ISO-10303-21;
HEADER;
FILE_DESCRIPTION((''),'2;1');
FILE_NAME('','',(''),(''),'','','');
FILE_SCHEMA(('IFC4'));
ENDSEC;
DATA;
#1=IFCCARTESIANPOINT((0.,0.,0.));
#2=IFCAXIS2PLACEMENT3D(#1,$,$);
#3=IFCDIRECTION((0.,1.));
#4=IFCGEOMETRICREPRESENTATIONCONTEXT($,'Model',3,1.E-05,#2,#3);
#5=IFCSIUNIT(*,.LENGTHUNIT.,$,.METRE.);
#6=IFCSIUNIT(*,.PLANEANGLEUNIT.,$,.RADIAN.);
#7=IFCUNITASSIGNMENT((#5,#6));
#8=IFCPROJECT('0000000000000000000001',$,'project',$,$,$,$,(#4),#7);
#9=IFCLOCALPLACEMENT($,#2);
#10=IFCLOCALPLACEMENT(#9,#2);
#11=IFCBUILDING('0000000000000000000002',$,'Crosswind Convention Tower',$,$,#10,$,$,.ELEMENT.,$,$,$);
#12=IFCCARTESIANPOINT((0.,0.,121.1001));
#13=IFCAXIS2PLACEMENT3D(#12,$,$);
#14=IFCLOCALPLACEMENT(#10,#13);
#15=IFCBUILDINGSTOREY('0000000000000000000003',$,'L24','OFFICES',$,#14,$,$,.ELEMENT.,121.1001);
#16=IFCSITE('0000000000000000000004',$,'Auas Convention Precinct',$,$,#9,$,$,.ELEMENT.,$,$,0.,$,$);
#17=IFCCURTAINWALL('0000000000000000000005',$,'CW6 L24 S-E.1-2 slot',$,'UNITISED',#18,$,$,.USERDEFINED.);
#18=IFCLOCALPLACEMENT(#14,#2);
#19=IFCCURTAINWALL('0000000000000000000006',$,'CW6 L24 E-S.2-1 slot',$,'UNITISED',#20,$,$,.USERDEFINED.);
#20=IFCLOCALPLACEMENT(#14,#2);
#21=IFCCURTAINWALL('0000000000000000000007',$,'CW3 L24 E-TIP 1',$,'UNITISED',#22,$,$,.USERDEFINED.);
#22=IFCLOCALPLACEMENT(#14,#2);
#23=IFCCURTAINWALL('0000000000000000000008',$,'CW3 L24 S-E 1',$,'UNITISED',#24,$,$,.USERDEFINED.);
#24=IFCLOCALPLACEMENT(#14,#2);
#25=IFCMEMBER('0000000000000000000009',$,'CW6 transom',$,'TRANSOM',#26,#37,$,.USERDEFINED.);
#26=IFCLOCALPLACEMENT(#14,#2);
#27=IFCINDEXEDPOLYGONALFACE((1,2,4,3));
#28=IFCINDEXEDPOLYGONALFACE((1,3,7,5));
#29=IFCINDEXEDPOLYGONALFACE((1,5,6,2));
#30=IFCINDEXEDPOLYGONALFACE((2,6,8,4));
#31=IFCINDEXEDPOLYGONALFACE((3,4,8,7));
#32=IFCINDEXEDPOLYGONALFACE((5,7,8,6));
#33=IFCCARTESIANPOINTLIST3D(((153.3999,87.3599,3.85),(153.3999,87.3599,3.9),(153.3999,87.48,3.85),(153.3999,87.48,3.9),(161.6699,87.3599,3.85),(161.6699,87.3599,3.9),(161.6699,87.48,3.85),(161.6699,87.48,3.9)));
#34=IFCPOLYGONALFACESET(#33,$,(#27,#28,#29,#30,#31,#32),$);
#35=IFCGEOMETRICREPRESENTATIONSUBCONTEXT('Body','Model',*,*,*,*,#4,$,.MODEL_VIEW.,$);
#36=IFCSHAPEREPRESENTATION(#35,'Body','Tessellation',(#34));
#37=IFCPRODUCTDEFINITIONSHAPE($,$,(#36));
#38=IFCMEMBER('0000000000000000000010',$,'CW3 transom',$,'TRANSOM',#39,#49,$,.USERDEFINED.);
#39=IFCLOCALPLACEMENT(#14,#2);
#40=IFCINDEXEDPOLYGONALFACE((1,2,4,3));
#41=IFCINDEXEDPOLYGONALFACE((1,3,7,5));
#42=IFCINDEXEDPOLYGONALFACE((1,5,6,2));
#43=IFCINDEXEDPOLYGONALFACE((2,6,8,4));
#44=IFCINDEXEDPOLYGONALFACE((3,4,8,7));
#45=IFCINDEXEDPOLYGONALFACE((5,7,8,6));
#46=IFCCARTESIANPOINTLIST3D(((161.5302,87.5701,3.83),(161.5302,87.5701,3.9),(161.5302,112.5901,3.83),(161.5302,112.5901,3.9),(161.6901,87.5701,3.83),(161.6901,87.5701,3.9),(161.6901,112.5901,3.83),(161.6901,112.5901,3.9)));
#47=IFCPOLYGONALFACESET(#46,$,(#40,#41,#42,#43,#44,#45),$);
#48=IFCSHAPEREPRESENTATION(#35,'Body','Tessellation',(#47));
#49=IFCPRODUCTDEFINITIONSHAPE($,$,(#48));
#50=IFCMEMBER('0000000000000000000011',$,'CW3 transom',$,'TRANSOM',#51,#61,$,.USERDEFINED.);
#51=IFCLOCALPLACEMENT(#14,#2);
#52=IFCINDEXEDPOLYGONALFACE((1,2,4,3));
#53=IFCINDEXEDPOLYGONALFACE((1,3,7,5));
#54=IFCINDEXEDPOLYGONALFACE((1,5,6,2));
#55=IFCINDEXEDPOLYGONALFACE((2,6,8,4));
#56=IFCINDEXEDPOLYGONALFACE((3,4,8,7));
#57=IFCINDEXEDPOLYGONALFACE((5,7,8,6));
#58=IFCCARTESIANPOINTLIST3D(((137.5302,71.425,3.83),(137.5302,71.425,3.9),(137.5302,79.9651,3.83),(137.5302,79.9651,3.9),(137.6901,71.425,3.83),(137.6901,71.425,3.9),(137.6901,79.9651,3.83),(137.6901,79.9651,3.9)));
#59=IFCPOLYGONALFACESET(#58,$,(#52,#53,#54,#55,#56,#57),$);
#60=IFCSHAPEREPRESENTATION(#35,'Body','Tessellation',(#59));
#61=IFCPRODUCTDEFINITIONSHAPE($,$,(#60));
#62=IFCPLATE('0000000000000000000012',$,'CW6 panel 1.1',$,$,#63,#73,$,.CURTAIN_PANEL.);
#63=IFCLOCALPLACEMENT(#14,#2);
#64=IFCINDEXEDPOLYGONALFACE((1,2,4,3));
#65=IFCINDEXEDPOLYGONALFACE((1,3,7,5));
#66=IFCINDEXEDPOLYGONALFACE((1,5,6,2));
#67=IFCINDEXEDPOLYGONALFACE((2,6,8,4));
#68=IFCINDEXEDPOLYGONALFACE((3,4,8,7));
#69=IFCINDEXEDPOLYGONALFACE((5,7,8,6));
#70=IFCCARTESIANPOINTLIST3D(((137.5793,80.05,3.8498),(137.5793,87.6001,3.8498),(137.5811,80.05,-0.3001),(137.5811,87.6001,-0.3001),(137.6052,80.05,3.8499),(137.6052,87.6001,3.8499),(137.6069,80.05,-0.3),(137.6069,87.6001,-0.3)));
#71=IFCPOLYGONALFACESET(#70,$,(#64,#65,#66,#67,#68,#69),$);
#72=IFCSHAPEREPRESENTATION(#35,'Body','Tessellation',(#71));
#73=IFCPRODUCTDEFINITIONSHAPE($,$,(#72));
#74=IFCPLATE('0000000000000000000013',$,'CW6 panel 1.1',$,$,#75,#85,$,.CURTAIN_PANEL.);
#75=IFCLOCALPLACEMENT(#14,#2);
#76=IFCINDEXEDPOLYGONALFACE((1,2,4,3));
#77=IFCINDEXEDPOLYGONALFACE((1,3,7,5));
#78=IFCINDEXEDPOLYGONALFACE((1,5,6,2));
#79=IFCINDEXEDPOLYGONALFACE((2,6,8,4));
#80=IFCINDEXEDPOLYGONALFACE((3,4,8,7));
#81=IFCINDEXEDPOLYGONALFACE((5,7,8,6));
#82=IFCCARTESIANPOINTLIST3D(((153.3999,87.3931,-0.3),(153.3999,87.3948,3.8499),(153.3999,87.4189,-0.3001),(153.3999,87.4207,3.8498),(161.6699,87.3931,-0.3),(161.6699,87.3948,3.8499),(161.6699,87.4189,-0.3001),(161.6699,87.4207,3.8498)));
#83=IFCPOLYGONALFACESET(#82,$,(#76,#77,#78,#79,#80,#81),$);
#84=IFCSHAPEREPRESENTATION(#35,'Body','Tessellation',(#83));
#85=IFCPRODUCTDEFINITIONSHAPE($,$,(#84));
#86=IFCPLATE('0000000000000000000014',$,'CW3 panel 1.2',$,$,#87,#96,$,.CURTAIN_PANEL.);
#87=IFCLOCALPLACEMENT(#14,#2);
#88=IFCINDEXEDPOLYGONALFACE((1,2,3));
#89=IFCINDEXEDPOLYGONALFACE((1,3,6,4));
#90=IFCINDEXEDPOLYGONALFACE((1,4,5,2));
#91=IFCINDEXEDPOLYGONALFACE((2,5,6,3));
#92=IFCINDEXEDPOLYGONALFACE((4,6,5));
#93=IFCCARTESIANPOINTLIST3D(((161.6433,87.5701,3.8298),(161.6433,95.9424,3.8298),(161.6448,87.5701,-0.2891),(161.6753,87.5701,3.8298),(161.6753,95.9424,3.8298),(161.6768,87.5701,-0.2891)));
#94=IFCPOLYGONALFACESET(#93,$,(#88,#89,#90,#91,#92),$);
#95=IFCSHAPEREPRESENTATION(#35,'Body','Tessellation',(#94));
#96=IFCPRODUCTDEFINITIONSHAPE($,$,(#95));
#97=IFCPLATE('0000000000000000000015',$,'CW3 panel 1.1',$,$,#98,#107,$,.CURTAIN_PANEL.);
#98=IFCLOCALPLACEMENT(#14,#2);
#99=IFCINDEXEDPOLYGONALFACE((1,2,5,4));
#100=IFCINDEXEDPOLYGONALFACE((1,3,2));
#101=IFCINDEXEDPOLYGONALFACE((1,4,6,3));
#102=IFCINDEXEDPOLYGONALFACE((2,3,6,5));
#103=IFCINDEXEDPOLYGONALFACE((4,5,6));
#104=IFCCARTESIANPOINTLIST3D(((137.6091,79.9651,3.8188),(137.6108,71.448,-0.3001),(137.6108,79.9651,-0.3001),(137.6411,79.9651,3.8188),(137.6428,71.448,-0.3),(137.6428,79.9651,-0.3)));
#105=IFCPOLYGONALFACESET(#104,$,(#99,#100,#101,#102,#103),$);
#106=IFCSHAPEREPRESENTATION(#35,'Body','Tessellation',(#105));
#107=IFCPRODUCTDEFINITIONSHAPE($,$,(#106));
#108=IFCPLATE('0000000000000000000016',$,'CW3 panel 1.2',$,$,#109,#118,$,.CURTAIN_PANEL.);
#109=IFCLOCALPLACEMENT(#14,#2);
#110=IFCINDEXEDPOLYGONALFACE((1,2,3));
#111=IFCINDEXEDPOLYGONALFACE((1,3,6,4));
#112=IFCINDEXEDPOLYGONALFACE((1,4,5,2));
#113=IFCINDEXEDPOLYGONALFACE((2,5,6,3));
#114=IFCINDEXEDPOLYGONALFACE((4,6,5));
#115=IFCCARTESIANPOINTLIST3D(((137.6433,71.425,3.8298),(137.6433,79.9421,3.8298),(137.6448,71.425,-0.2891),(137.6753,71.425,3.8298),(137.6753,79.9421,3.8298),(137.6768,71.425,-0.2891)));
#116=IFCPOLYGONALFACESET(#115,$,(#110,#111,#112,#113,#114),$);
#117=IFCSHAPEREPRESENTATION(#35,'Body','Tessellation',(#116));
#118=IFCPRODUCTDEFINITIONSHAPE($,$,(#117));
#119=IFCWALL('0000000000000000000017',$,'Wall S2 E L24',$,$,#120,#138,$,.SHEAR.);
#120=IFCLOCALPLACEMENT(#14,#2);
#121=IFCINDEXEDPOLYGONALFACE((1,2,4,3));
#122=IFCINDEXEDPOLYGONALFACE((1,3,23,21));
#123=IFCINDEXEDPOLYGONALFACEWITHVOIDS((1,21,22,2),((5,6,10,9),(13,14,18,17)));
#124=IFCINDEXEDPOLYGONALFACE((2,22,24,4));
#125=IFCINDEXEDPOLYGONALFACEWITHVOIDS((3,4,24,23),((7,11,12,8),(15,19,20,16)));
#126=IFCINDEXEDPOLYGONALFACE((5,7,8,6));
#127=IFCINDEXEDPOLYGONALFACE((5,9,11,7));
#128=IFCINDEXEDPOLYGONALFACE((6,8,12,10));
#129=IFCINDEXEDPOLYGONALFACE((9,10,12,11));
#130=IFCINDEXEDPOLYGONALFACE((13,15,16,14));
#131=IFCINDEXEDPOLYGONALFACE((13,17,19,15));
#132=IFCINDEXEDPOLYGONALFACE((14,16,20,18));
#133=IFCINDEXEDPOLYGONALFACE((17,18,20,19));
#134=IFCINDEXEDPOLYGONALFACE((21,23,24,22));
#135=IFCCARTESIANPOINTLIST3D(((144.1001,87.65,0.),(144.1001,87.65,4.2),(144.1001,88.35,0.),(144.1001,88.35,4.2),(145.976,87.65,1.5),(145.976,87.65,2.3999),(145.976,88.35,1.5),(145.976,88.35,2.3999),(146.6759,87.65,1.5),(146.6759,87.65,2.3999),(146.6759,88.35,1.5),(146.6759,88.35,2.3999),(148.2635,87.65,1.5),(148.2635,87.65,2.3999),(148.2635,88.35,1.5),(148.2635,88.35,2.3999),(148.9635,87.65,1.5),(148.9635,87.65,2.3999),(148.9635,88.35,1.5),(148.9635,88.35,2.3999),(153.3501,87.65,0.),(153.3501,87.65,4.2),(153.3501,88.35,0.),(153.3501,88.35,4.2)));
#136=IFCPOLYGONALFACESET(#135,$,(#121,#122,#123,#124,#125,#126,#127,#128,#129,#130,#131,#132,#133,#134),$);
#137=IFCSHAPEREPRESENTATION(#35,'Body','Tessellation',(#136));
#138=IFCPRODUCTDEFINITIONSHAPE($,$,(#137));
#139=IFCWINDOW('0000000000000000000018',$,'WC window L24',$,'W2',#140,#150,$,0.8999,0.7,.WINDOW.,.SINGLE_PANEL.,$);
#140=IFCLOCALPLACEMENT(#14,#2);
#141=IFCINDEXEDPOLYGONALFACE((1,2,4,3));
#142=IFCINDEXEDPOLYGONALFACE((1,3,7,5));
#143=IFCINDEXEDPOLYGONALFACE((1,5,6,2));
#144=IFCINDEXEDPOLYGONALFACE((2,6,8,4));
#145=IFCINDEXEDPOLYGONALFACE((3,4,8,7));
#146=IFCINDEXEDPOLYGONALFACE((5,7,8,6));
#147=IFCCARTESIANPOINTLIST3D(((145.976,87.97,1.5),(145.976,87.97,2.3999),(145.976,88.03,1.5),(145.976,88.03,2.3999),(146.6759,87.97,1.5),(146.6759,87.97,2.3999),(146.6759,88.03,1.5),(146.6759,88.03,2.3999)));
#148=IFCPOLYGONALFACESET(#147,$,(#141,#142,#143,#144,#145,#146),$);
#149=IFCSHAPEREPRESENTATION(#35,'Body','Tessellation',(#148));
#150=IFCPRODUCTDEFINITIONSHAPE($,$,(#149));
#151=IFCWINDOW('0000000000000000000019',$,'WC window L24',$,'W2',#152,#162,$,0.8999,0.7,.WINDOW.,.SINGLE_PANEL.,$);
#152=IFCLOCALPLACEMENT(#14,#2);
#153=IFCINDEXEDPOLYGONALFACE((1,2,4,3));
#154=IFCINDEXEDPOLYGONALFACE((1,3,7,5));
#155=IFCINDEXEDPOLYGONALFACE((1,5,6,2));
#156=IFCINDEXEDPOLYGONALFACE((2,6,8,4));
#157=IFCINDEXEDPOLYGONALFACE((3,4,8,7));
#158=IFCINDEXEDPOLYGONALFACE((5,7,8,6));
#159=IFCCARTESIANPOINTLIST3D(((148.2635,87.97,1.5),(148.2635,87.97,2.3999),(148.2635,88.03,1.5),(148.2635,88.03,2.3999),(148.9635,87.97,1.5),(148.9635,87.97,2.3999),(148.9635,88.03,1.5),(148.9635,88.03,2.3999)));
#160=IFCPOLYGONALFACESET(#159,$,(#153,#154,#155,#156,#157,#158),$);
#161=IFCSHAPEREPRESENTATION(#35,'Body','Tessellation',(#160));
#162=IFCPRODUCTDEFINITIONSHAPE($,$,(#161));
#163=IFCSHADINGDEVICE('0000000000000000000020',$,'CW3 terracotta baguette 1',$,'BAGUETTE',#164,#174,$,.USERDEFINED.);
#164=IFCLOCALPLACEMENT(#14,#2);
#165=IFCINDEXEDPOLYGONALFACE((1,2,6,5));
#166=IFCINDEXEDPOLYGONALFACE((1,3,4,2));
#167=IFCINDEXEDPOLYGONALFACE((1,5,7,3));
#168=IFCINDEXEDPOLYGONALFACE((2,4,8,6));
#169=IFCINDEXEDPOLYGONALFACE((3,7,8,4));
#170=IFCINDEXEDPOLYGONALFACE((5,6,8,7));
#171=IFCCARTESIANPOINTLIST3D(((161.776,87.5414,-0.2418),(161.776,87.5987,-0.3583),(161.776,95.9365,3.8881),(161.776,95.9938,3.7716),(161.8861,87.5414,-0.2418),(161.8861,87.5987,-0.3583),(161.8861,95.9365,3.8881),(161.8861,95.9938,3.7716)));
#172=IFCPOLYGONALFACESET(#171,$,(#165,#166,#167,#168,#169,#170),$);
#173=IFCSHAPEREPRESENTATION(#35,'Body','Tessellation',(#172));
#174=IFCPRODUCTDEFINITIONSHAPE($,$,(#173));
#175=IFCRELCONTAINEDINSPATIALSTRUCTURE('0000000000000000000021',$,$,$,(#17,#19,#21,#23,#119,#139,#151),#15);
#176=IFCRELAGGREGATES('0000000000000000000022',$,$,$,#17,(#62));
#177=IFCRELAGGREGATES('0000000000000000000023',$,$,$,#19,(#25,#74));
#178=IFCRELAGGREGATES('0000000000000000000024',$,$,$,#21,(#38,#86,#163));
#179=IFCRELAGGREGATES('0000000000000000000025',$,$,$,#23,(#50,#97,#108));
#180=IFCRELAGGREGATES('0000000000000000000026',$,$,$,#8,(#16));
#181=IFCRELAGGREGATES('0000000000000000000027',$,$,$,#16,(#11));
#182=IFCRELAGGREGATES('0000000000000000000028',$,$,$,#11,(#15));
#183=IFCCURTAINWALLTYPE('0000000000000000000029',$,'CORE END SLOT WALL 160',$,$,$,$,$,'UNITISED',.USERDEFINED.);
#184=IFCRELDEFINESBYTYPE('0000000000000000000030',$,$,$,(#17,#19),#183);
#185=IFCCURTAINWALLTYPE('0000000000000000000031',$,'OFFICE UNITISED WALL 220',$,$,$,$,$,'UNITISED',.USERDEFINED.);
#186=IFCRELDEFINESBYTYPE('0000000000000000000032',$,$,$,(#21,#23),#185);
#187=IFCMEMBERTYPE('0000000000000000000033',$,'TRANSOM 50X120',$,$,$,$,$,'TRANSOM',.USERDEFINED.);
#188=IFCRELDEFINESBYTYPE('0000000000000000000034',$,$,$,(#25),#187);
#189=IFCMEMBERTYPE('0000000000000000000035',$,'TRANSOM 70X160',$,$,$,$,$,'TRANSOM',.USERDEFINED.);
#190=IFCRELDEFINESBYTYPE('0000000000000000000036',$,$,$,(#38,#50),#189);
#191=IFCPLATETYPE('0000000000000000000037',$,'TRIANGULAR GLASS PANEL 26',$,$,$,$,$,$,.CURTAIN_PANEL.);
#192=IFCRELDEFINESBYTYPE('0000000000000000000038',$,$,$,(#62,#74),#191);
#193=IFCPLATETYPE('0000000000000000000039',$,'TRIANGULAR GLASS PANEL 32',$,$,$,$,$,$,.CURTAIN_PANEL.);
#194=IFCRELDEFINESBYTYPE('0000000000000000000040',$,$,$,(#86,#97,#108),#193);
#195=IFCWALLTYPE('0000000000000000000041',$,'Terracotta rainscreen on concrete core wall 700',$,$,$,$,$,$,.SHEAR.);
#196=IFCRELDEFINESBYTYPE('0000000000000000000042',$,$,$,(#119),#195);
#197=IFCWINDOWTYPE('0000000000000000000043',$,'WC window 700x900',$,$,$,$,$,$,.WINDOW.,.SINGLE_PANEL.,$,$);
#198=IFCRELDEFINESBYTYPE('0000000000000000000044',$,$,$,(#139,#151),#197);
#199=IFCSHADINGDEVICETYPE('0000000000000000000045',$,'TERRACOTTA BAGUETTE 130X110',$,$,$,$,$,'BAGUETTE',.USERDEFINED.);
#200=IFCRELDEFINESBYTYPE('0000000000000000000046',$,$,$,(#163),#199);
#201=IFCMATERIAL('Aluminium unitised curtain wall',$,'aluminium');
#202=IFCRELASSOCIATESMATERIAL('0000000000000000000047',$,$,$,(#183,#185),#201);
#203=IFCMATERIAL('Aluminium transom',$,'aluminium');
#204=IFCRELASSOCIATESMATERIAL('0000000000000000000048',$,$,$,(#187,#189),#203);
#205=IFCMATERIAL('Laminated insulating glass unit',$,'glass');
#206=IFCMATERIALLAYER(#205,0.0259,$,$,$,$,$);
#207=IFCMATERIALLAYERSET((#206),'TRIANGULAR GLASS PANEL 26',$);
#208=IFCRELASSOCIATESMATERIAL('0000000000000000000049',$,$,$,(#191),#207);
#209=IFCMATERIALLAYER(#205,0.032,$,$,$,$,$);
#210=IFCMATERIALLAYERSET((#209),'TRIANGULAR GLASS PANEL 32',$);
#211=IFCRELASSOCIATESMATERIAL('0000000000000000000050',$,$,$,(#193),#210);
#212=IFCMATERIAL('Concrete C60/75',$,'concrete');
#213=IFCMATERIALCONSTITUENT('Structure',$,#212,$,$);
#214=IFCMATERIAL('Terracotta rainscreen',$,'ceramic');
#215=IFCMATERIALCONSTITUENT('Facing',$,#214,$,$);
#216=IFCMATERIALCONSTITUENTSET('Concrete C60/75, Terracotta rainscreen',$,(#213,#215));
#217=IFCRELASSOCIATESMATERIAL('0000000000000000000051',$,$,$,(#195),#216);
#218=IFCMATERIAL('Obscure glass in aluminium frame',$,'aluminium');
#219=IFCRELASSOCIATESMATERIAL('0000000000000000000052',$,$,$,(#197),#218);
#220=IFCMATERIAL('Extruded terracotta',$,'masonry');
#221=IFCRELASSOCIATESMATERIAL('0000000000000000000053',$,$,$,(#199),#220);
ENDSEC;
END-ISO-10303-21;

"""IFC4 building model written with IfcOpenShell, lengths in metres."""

from ifc_helpers import new_model, si_unit, direction, frame, frame_2d, origin, origin_2d, place, context, subcontext, project, spatial, polyline, rectangle, outline, extrude, material, layer, layer_set, constituent, constituent_set, material_profile, profile_set, type_object, element, fill, aggregate, save


model = new_model("IFC4")

# Units and contexts
model_context = context("Model", 3, precision=1e-05, world=origin(), true_north=direction((0.0, 1.0)))
body_context = subcontext(model_context, "Body", "Model", "MODEL_VIEW")
ifc_project = project(units=[si_unit("LENGTHUNIT", "METRE"), si_unit("PLANEANGLEUNIT", "RADIAN")], contexts=[model_context])

# Site, building, storey
site_placement = place(None, origin())
site = spatial("IfcSite", under=ifc_project, at=site_placement, Name="Auas Convention Precinct", CompositionType="ELEMENT", RefElevation=0.0)
building_placement = place(site_placement, origin())
building = spatial("IfcBuilding", under=site, at=building_placement, Name="Crosswind Convention Tower", CompositionType="ELEMENT")
storey_placement = place(building_placement, frame((0.0, 0.0, 121.1001)))
storey = spatial("IfcBuildingStorey", under=building, at=storey_placement, Name="L24", Description="OFFICES", CompositionType="ELEMENT", Elevation=121.1001)

# Shared definitions
ifc_material_1 = material(Name="Concrete C60/75", Category="concrete")

# Curtain wall
ifc_material_2 = material(Name="Aluminium unitised curtain wall", Category="aluminium")
curtain_wall_type_1 = type_object("IfcCurtainWallType", Name="CORE END SLOT WALL 160", ElementType="UNITISED", PredefinedType="USERDEFINED", material=ifc_material_2)
curtain_wall_1_placement = place(storey_placement, origin())
curtain_wall_1 = element("IfcCurtainWall", 1, at=curtain_wall_1_placement, inside=storey, type_object=curtain_wall_type_1, Name="CW6 L24 S-E.1-2 slot", ObjectType="UNITISED", PredefinedType="USERDEFINED")

# Curtain wall
curtain_wall_2_placement = place(storey_placement, origin())
curtain_wall_2 = element("IfcCurtainWall", 2, at=curtain_wall_2_placement, inside=storey, type_object=curtain_wall_type_1, Name="CW6 L24 E-S.2-1 slot", ObjectType="UNITISED", PredefinedType="USERDEFINED")

# Curtain walls
curtain_wall_type_2 = type_object("IfcCurtainWallType", Name="OFFICE UNITISED WALL 220", ElementType="UNITISED", PredefinedType="USERDEFINED", material=ifc_material_2)
curtain_wall_3_placement = place(storey_placement, origin())
curtain_wall_3 = element("IfcCurtainWall", 3, at=curtain_wall_3_placement, inside=storey, type_object=curtain_wall_type_2, Name="CW3 L24 E-TIP 1", ObjectType="UNITISED", PredefinedType="USERDEFINED")
curtain_wall_4_placement = place(storey_placement, origin())
curtain_wall_4 = element("IfcCurtainWall", 4, at=curtain_wall_4_placement, inside=storey, type_object=curtain_wall_type_2, Name="CW3 L24 S-E 1", ObjectType="UNITISED", PredefinedType="USERDEFINED")

# Members
ifc_material_3 = material(Name="Aluminium transom", Category="aluminium")
ifc_material_profile_1 = material_profile(ifc_material_3, rectangle(XDim=0.1201, YDim=0.05, at=origin_2d()), Name="AL 120X50")
ifc_profile_set_1 = profile_set([ifc_material_profile_1], Name="Aluminium transom")
member_type_1 = type_object("IfcMemberType", Name="TRANSOM 50X120", ElementType="TRANSOM", PredefinedType="USERDEFINED", material=ifc_profile_set_1)
member_1_placement = place(storey_placement, frame((153.3999, 87.4199, 3.875), z_axis=(1.0, 0.0, 0.0), x_axis=(0.0, 1.0, 0.0)))
member_1 = element("IfcMember", 5, at=member_1_placement, type_object=member_type_1, Name="CW6 transom", ObjectType="TRANSOM", PredefinedType="USERDEFINED", context=body_context, shape_type="SweptSolid", body=[
    extrude(rectangle(XDim=0.1201, YDim=0.05, at=origin_2d()), origin(), (0.0, 0.0, 1.0), 8.27),
])
ifc_material_profile_2 = material_profile(ifc_material_3, rectangle(XDim=0.1599, YDim=0.0701, at=origin_2d()), Name="AL 160X70")
ifc_profile_set_2 = profile_set([ifc_material_profile_2], Name="Aluminium transom")
member_type_2 = type_object("IfcMemberType", Name="TRANSOM 70X160", ElementType="TRANSOM", PredefinedType="USERDEFINED", material=ifc_profile_set_2)
member_2_placement = place(storey_placement, frame((161.6101, 87.5701, 3.865), z_axis=(0.0, 1.0, 0.0), x_axis=(-1.0, 0.0, 0.0)))
member_2 = element("IfcMember", 6, at=member_2_placement, type_object=member_type_2, Name="CW3 transom", ObjectType="TRANSOM", PredefinedType="USERDEFINED", context=body_context, shape_type="SweptSolid", body=[
    extrude(rectangle(XDim=0.1599, YDim=0.0701, at=origin_2d()), origin(), (0.0, 0.0, 1.0), 25.02),
])
member_3_placement = place(storey_placement, frame((137.6101, 71.425, 3.865), z_axis=(0.0, 1.0, 0.0), x_axis=(-1.0, 0.0, 0.0)))
member_3 = element("IfcMember", 7, at=member_3_placement, type_object=member_type_2, Name="CW3 transom", ObjectType="TRANSOM", PredefinedType="USERDEFINED", context=body_context, shape_type="SweptSolid", body=[
    extrude(rectangle(XDim=0.1599, YDim=0.0701, at=origin_2d()), origin(), (0.0, 0.0, 1.0), 8.54),
])

# Plates
ifc_material_4 = material(Name="Laminated insulating glass unit", Category="glass")
ifc_layer_1 = layer(ifc_material_4, 0.0259)
ifc_layer_set_1 = layer_set([ifc_layer_1], Name="TRIANGULAR GLASS PANEL 26")
plate_type_1 = type_object("IfcPlateType", Name="TRIANGULAR GLASS PANEL 26", PredefinedType="CURTAIN_PANEL", material=ifc_layer_set_1)
plate_1_placement = place(storey_placement, frame((137.6069, 80.05, -0.3), z_axis=(1.0, 0.0, 0.000412), x_axis=(0.0, 1.0, 0.0)))
plate_1 = element("IfcPlate", 8, at=plate_1_placement, type_object=plate_type_1, Name="CW6 panel 1.1", PredefinedType="CURTAIN_PANEL", context=body_context, shape_type="SweptSolid", body=[
    extrude(outline(polyline([(0.0, 0.0), (7.55, 0.0), (7.55, 4.1499), (0.0, 4.1499), (0.0, 0.0)])), origin(), (0.0, 0.0, -1.0), 0.0259),
])
aggregate(curtain_wall_1, [plate_1])
plate_2_placement = place(storey_placement, frame((153.3999, 87.3931, -0.3), z_axis=(0.0, -1.0, 0.000412), x_axis=(1.0, 0.0, 0.0)))
plate_2 = element("IfcPlate", 9, at=plate_2_placement, type_object=plate_type_1, Name="CW6 panel 1.1", PredefinedType="CURTAIN_PANEL", context=body_context, shape_type="SweptSolid", body=[
    extrude(outline(polyline([(0.0, 0.0), (8.27, 0.0), (8.27, 4.1499), (0.0, 4.1499), (0.0, 0.0)])), origin(), (0.0, 0.0, -1.0), 0.0259),
])
aggregate(curtain_wall_2, [member_1, plate_2])
ifc_layer_2 = layer(ifc_material_4, 0.032)
ifc_layer_set_2 = layer_set([ifc_layer_2], Name="TRIANGULAR GLASS PANEL 32")
plate_type_2 = type_object("IfcPlateType", Name="TRIANGULAR GLASS PANEL 32", PredefinedType="CURTAIN_PANEL", material=ifc_layer_set_2)
plate_3_placement = place(storey_placement, frame((161.6753, 87.5701, 3.8298), z_axis=(1.0, 0.0, 0.000356), x_axis=(0.000356, 0.0, -1.0)))
plate_3 = element("IfcPlate", 10, at=plate_3_placement, type_object=plate_type_2, Name="CW3 panel 1.2", PredefinedType="CURTAIN_PANEL", context=body_context, shape_type="SweptSolid", body=[
    extrude(outline(polyline([(0.0, 0.0), (4.1189, 0.0), (0.0, 8.3723), (0.0, 0.0)])), origin(), (0.0, 0.0, -1.0), 0.032),
])
plate_4_placement = place(storey_placement, frame((137.6428, 79.9651, -0.3), z_axis=(1.0, 0.0, 0.000415), x_axis=(-0.000415, 0.0, 1.0)))
plate_4 = element("IfcPlate", 11, at=plate_4_placement, type_object=plate_type_2, Name="CW3 panel 1.1", PredefinedType="CURTAIN_PANEL", context=body_context, shape_type="SweptSolid", body=[
    extrude(outline(polyline([(0.0, 0.0), (4.1189, 0.0), (0.0, 8.5171), (0.0, 0.0)])), origin(), (0.0, 0.0, -1.0), 0.032),
])
plate_5_placement = place(storey_placement, frame((137.6753, 71.425, 3.8298), z_axis=(1.0, 0.0, 0.000356), x_axis=(0.000356, 0.0, -1.0)))
plate_5 = element("IfcPlate", 12, at=plate_5_placement, type_object=plate_type_2, Name="CW3 panel 1.2", PredefinedType="CURTAIN_PANEL", context=body_context, shape_type="SweptSolid", body=[
    extrude(outline(polyline([(0.0, 0.0), (4.1189, 0.0), (0.0, 8.5171), (0.0, 0.0)])), origin(), (0.0, 0.0, -1.0), 0.032),
])

# Wall, openings, windows
ifc_constituent_1 = constituent(ifc_material_1, Name="Structure")
ifc_material_5 = material(Name="Terracotta rainscreen", Category="ceramic")
ifc_constituent_2 = constituent(ifc_material_5, Name="Facing")
ifc_constituent_set = constituent_set(constituents=[ifc_constituent_1, ifc_constituent_2], Name="Concrete C60/75, Terracotta rainscreen")
wall_type = type_object("IfcWallType", Name="Terracotta rainscreen on concrete core wall 700", PredefinedType="SHEAR", material=ifc_constituent_set)
wall_placement = place(storey_placement, frame((144.1001, 88.0, 0.0), z_axis=(0.0, 0.0, 1.0), x_axis=(1.0, 0.0, 0.0)))
wall = element("IfcWall", 13, at=wall_placement, inside=storey, type_object=wall_type, Name="Wall S2 E L24", PredefinedType="SHEAR", context=body_context, shape_type="SweptSolid", body=[
    extrude(rectangle(XDim=9.25, YDim=0.7, at=frame_2d((4.625, 0.0))), origin(), (0.0, 0.0, 1.0), 4.2),
])
opening_1_placement = place(wall_placement, frame((1.8757, 0.0, 1.5)))
opening_1 = element("IfcOpeningElement", 14, at=opening_1_placement, cuts=wall, PredefinedType="OPENING", context=body_context, shape_type="SweptSolid", body=[
    extrude(rectangle(XDim=0.7, YDim=0.8999, at=frame_2d((0.3501, 0.45))), frame((0.0, 0.3599, 0.0), z_axis=(0.0, -1.0, 0.0), x_axis=(1.0, 0.0, 0.0)), (0.0, 0.0, 1.0), 0.72),
])
opening_2_placement = place(wall_placement, frame((4.1633, 0.0, 1.5)))
opening_2 = element("IfcOpeningElement", 15, at=opening_2_placement, cuts=wall, PredefinedType="OPENING", context=body_context, shape_type="SweptSolid", body=[
    extrude(rectangle(XDim=0.7, YDim=0.8999, at=frame_2d((0.3501, 0.45))), frame((0.0, 0.3599, 0.0), z_axis=(0.0, -1.0, 0.0), x_axis=(1.0, 0.0, 0.0)), (0.0, 0.0, 1.0), 0.72),
])
ifc_material_6 = material(Name="Obscure glass in aluminium frame", Category="aluminium")
window_type = type_object("IfcWindowType", Name="WC window 700x900", PartitioningType="SINGLE_PANEL", PredefinedType="WINDOW", material=ifc_material_6)
window_1_placement = place(opening_1_placement, origin())
window_1 = element("IfcWindow", 16, at=window_1_placement, inside=storey, type_object=window_type, Name="WC window L24", ObjectType="W2", OverallHeight=0.8999, OverallWidth=0.7, PartitioningType="SINGLE_PANEL", PredefinedType="WINDOW", context=body_context, shape_type="SweptSolid", body=[
    extrude(rectangle(XDim=0.7, YDim=0.8999, at=frame_2d((0.3501, 0.45))), frame((0.0, 0.03, 0.0), z_axis=(0.0, -1.0, 0.0), x_axis=(1.0, 0.0, 0.0)), (0.0, 0.0, 1.0), 0.0601),
])
fill(opening_1, window_1)
window_2_placement = place(opening_2_placement, origin())
window_2 = element("IfcWindow", 17, at=window_2_placement, inside=storey, type_object=window_type, Name="WC window L24", ObjectType="W2", OverallHeight=0.8999, OverallWidth=0.7, PartitioningType="SINGLE_PANEL", PredefinedType="WINDOW", context=body_context, shape_type="SweptSolid", body=[
    extrude(rectangle(XDim=0.7, YDim=0.8999, at=frame_2d((0.3501, 0.45))), frame((0.0, 0.03, 0.0), z_axis=(0.0, -1.0, 0.0), x_axis=(1.0, 0.0, 0.0)), (0.0, 0.0, 1.0), 0.0601),
])
fill(opening_2, window_2)

# Shading device
ifc_material_7 = material(Name="Extruded terracotta", Category="masonry")
ifc_material_profile_3 = material_profile(ifc_material_7, rectangle(XDim=0.1101, YDim=0.1299, at=origin_2d()), Name="TC 110X130")
ifc_profile_set_3 = profile_set([ifc_material_profile_3], Name="Extruded terracotta")
shading_device_type = type_object("IfcShadingDeviceType", Name="TERRACOTTA BAGUETTE 130X110", ElementType="BAGUETTE", PredefinedType="USERDEFINED", material=ifc_profile_set_3)
shading_device_1_placement = place(storey_placement, frame((161.8311, 87.5701, -0.3), z_axis=(0.0, 0.8973, 0.441422), x_axis=(-1.0, 0.0, 0.0)))
shading_device_1 = element("IfcShadingDevice", 18, at=shading_device_1_placement, type_object=shading_device_type, Name="CW3 terracotta baguette 1", ObjectType="BAGUETTE", PredefinedType="USERDEFINED", context=body_context, shape_type="SweptSolid", body=[
    extrude(rectangle(XDim=0.1101, YDim=0.1299, at=origin_2d()), origin(), (0.0, 0.0, 1.0), 9.356),
])
aggregate(curtain_wall_3, [member_2, plate_3, shading_device_1])
aggregate(curtain_wall_4, [member_3, plate_4, plate_5])

save(model, "model.ifc")
